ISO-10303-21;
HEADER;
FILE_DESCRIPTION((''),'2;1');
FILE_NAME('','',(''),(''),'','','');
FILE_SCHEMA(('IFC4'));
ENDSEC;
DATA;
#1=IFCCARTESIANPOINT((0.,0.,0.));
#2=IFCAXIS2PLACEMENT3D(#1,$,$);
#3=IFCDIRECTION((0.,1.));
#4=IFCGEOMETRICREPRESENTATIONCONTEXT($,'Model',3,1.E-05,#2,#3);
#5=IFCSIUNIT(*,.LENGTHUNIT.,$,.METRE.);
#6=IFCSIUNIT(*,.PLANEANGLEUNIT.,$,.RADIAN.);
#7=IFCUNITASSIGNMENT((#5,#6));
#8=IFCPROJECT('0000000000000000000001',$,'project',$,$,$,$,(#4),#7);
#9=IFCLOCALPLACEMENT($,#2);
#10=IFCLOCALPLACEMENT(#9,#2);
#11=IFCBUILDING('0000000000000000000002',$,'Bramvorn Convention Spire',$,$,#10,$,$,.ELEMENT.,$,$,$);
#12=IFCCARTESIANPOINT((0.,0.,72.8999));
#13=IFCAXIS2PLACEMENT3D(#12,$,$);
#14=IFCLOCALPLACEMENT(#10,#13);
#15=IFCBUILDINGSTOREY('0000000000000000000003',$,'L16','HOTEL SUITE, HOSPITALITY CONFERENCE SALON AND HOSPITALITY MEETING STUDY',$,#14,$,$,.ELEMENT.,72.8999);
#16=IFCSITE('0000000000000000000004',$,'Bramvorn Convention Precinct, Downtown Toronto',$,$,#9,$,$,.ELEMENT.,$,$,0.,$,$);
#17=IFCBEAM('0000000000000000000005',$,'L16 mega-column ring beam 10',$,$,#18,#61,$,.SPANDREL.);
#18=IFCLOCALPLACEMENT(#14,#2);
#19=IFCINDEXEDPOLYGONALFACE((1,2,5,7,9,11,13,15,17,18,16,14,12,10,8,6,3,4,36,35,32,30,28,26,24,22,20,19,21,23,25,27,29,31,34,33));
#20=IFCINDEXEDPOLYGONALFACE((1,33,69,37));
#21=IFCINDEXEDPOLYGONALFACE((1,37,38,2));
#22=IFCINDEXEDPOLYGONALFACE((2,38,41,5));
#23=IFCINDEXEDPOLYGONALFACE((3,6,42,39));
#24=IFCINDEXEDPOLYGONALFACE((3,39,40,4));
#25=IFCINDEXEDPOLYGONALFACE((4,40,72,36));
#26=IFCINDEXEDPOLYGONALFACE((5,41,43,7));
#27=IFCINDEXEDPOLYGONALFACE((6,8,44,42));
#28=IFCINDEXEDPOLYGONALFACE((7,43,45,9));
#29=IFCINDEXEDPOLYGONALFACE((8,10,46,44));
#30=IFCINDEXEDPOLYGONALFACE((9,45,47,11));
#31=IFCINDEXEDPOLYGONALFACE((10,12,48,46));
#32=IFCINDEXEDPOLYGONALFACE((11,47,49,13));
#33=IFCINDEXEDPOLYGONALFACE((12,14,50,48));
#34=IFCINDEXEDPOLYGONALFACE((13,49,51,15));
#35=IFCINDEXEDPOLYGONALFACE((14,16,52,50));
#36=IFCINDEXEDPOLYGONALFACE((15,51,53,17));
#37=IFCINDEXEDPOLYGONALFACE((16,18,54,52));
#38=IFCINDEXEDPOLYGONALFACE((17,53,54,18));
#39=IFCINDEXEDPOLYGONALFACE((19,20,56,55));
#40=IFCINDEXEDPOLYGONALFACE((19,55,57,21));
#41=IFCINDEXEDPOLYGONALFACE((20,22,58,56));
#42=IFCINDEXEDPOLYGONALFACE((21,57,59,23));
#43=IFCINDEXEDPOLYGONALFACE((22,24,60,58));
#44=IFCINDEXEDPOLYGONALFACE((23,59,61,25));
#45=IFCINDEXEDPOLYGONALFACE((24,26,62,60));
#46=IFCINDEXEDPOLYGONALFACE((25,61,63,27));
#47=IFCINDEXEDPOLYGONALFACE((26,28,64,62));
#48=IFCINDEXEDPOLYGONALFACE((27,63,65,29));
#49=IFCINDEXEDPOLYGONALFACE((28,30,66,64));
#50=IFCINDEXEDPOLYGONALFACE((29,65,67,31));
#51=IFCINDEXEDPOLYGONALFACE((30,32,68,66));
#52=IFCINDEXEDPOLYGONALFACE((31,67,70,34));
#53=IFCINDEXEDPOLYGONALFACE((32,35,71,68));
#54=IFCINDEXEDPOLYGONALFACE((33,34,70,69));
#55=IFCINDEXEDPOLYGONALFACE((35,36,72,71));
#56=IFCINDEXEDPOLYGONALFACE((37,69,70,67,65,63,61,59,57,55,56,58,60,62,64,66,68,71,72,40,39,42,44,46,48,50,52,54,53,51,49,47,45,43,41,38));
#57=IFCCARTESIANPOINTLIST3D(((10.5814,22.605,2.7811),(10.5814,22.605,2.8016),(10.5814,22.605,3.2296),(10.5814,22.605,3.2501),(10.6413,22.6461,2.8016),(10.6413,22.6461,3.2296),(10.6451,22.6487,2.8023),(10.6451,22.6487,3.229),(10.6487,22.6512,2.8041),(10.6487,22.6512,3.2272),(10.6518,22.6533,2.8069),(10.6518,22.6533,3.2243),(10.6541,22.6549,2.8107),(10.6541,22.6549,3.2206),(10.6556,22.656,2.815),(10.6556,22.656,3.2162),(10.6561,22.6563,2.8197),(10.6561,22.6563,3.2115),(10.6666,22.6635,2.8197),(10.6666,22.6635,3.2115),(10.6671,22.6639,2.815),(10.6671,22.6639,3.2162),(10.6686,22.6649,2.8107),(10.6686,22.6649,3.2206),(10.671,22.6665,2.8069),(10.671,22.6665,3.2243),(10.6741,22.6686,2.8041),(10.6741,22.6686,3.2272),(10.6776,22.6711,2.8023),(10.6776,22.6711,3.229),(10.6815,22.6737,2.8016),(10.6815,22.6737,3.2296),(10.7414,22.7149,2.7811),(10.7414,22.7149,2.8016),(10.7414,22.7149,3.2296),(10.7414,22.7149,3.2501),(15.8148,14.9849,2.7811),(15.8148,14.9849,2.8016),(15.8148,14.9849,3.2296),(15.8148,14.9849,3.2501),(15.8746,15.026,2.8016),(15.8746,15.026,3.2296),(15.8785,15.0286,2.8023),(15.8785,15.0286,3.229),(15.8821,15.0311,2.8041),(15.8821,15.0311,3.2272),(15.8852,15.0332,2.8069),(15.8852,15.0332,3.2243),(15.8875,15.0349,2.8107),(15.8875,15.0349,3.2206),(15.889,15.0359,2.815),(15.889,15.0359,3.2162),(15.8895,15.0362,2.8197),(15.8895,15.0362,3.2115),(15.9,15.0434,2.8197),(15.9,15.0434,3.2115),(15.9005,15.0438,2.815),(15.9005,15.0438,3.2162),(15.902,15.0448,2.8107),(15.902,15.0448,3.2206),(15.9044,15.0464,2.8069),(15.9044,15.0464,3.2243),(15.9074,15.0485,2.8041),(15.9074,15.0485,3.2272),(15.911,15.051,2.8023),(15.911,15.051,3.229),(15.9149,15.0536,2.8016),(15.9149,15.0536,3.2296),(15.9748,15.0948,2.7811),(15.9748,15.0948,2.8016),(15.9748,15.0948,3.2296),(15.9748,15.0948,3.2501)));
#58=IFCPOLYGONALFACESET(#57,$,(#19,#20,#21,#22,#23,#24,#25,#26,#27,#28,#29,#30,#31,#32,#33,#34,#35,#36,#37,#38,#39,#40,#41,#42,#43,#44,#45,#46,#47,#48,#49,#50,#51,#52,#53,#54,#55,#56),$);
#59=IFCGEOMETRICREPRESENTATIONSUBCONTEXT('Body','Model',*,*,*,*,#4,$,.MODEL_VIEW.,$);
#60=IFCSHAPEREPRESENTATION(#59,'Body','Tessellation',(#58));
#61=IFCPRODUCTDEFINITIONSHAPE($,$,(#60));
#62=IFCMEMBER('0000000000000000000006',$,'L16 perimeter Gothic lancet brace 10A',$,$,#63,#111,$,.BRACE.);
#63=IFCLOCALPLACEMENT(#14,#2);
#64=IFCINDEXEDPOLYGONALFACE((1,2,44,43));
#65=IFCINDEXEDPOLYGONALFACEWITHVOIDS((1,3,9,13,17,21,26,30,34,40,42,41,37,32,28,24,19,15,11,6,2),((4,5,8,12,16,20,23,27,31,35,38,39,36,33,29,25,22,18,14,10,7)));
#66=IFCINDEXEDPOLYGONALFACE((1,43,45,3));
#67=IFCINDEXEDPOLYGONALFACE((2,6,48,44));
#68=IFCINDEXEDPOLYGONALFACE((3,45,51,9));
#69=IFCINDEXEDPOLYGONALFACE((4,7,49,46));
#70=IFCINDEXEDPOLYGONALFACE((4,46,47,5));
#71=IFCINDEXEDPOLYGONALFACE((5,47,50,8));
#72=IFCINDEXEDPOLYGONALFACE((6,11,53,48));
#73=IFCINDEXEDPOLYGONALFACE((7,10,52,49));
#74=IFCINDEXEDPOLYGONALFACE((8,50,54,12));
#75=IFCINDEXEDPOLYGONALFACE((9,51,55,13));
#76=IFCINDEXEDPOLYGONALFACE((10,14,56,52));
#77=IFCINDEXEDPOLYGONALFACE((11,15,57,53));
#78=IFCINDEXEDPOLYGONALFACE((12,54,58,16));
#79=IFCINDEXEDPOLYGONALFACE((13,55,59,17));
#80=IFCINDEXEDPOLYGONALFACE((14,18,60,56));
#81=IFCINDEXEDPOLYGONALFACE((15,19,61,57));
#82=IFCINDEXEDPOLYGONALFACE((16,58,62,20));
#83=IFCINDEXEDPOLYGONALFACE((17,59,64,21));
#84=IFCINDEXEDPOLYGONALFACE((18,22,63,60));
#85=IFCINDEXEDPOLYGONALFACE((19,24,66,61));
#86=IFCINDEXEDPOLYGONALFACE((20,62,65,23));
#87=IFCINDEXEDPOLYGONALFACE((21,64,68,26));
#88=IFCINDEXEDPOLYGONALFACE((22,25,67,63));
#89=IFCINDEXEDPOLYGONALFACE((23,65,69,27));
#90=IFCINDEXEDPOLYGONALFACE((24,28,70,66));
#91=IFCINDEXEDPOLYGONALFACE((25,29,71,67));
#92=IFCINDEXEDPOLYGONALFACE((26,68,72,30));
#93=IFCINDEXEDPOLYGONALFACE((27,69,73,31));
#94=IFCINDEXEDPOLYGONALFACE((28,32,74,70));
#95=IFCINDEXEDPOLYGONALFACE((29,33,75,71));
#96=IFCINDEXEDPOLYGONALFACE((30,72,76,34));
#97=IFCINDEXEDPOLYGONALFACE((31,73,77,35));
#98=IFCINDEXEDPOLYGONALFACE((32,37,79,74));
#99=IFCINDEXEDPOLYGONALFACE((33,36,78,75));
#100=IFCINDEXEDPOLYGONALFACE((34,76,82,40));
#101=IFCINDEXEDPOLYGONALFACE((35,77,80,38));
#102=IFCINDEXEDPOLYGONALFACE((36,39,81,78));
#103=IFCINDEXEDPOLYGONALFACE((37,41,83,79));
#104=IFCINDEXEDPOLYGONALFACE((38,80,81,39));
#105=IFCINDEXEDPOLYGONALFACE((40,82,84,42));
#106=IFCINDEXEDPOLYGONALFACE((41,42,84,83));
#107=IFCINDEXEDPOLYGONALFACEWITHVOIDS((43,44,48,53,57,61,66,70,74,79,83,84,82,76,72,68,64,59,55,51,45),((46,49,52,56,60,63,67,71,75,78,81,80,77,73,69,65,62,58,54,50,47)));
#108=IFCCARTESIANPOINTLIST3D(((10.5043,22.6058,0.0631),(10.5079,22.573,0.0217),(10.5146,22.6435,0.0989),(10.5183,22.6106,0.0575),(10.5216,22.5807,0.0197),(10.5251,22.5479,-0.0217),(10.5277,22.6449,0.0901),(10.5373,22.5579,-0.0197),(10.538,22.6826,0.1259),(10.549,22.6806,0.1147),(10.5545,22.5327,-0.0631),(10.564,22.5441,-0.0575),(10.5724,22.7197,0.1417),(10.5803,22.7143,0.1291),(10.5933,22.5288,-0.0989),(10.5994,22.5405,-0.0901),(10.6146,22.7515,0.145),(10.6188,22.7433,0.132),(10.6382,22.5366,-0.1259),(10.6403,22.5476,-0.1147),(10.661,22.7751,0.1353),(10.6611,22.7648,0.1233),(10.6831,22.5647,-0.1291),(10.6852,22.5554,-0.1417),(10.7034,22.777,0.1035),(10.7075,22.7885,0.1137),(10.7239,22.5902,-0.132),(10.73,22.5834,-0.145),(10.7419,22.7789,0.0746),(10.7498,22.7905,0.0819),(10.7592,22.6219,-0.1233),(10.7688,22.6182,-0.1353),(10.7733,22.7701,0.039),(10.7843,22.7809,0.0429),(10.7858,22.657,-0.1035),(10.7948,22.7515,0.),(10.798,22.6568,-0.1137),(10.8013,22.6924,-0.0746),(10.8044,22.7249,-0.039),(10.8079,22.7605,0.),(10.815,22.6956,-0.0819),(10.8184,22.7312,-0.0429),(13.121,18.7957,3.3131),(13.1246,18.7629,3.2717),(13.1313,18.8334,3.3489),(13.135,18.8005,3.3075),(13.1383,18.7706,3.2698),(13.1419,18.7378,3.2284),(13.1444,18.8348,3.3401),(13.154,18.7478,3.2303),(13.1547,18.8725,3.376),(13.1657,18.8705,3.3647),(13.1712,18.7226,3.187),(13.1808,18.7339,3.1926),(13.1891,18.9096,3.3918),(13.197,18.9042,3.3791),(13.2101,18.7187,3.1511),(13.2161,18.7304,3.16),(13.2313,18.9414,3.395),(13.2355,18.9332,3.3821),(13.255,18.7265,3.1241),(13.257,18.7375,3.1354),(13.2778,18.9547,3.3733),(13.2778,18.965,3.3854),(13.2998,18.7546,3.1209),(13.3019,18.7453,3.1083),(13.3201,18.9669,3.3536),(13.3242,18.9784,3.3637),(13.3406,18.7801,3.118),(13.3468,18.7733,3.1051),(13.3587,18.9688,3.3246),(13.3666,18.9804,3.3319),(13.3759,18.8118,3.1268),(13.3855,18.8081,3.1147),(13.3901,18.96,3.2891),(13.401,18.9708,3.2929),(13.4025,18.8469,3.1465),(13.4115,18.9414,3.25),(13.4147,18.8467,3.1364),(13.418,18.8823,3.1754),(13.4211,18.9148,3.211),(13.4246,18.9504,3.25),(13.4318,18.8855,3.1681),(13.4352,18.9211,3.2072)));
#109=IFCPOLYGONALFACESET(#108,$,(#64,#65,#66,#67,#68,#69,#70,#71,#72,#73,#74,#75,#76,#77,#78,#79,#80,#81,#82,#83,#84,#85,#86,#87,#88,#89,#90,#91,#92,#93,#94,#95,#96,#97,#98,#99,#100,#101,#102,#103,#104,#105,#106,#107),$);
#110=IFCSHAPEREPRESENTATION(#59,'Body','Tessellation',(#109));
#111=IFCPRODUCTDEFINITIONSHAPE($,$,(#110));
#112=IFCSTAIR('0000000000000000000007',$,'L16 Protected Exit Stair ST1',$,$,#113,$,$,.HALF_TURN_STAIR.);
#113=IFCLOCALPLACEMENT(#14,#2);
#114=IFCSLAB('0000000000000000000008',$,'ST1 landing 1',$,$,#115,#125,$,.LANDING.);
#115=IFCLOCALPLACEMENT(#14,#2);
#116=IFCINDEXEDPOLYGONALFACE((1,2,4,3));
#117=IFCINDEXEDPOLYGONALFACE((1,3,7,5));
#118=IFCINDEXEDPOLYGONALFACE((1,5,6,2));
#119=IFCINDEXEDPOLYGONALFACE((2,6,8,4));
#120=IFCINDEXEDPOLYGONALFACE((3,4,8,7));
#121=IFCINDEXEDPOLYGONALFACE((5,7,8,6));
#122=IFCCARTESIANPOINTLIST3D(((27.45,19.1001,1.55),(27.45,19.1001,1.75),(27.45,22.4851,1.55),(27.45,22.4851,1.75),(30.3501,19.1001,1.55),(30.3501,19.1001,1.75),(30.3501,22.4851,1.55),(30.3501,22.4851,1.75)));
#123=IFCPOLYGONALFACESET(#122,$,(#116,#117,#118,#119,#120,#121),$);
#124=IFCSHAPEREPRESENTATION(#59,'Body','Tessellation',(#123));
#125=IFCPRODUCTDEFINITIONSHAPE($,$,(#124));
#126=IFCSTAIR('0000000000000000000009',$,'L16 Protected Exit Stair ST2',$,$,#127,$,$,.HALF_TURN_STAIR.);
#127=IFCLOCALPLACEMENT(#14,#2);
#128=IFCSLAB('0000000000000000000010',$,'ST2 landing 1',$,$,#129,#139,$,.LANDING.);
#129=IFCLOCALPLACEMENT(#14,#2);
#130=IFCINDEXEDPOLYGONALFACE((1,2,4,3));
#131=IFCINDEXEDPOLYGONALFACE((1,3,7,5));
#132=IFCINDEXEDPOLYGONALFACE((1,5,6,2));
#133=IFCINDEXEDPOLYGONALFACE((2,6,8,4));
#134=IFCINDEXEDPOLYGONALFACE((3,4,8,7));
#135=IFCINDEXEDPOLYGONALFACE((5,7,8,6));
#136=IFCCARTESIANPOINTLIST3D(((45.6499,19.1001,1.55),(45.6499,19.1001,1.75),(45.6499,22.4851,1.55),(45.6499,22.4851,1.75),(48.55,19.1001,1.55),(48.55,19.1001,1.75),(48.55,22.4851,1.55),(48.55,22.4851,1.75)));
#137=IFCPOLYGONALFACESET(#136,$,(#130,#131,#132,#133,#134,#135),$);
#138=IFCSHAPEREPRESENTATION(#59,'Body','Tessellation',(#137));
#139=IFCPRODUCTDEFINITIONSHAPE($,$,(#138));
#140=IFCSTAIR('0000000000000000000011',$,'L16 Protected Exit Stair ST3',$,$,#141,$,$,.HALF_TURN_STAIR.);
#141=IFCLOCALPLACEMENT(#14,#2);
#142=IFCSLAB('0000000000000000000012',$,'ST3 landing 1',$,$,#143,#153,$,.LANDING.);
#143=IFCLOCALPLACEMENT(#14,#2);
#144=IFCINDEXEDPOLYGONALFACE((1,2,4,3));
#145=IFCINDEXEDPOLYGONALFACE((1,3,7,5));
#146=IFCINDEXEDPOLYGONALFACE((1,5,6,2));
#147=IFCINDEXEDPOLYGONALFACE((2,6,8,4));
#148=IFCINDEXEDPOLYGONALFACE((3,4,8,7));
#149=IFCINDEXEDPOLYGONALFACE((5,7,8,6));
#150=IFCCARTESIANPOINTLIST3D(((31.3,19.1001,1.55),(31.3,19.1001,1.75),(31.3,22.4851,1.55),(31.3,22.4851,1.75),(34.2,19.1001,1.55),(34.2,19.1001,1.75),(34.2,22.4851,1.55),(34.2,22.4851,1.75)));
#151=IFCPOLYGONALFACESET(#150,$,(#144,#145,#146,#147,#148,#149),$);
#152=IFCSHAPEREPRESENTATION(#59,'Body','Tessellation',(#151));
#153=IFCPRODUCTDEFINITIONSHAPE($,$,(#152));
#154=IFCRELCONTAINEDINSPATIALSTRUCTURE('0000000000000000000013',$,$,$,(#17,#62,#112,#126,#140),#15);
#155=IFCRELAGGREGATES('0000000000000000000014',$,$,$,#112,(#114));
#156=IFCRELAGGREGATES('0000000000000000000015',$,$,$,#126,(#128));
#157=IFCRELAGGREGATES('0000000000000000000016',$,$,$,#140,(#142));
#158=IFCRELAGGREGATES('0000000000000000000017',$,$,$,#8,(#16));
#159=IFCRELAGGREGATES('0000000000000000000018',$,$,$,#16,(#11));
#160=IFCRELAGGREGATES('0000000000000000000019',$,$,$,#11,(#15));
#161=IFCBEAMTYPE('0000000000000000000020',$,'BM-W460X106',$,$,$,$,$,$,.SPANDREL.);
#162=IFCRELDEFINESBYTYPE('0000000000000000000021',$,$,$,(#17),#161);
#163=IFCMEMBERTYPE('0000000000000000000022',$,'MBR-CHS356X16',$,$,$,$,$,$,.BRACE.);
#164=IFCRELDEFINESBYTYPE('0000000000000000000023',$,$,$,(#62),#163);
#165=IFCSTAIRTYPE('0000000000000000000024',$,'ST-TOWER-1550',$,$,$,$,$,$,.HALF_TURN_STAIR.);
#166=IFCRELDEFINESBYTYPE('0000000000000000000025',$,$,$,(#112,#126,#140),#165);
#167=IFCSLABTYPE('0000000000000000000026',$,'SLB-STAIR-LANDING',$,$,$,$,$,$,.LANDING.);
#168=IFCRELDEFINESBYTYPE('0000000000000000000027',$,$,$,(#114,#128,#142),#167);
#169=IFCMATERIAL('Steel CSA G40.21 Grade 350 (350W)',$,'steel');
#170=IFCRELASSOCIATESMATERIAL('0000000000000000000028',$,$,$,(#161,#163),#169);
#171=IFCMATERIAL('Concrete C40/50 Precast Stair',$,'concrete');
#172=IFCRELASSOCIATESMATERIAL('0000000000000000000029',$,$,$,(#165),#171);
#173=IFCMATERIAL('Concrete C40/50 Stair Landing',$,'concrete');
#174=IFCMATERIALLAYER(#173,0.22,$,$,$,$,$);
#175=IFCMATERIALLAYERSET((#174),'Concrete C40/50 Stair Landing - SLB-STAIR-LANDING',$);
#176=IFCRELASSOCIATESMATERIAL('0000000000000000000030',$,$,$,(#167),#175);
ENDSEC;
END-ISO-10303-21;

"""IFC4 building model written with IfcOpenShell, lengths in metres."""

from ifc_helpers import new_model, si_unit, direction, frame, origin, origin_2d, place, context, subcontext, project, spatial, polyline, hollow_circle, i_section, outline, extrude, material, layer, layer_set, material_profile, profile_set, type_object, element, aggregate, save


model = new_model("IFC4")

# Units and contexts
model_context = context("Model", 3, precision=1e-05, world=origin(), true_north=direction((0.0, 1.0)))
body_context = subcontext(model_context, "Body", "Model", "MODEL_VIEW")
ifc_project = project(units=[si_unit("LENGTHUNIT", "METRE"), si_unit("PLANEANGLEUNIT", "RADIAN")], contexts=[model_context])

# Site, building, storey
site_placement = place(None, origin())
site = spatial("IfcSite", under=ifc_project, at=site_placement, Name="Bramvorn Convention Precinct, Downtown Toronto", CompositionType="ELEMENT", RefElevation=0.0)
building_placement = place(site_placement, origin())
building = spatial("IfcBuilding", under=site, at=building_placement, Name="Bramvorn Convention Spire", CompositionType="ELEMENT")
storey_placement = place(building_placement, frame((0.0, 0.0, 72.8999)))
storey = spatial("IfcBuildingStorey", under=building, at=storey_placement, Name="L16", Description="HOTEL SUITE, HOSPITALITY CONFERENCE SALON AND HOSPITALITY MEETING STUDY", CompositionType="ELEMENT", Elevation=72.8999)

# Shared definitions
ifc_material_1 = material(Name="Steel CSA G40.21 Grade 350 (350W)", Category="steel")

# Beam
ifc_material_profile_1 = material_profile(ifc_material_1, i_section(OverallWidth=0.1941, OverallDepth=0.469, WebThickness=0.0127, FlangeThickness=0.0205, FilletRadius=0.0181, at=origin_2d()))
ifc_profile_set_1 = profile_set([ifc_material_profile_1], Name="Steel CSA G40.21 Grade 350 (350W) - W460X106")
beam_type_1 = type_object("IfcBeamType", Name="BM-W460X106", PredefinedType="SPANDREL", material=ifc_profile_set_1)
beam_1_placement = place(storey_placement, frame((10.6614, 22.6599, 3.0156), z_axis=(0.56613, -0.824316, 0.0), x_axis=(0.824316, 0.56613, 0.0)))
element("IfcBeam", 1, at=beam_1_placement, inside=storey, type_object=beam_type_1, Name="L16 mega-column ring beam 10", PredefinedType="SPANDREL", context=body_context, shape_type="SweptSolid", body=[
    extrude(i_section(OverallWidth=0.1941, OverallDepth=0.469, WebThickness=0.0127, FlangeThickness=0.0205, FilletRadius=0.0181, at=origin_2d()), origin(), (0.0, 0.0, 1.0), 9.2441),
])

# Member
ifc_material_profile_2 = material_profile(ifc_material_1, hollow_circle(Radius=0.1777, WallThickness=0.0159, at=origin_2d()))
ifc_profile_set_2 = profile_set([ifc_material_profile_2], Name="Steel CSA G40.21 Grade 350 (350W) - CHS356X16")
member_type = type_object("IfcMemberType", Name="MBR-CHS356X16", PredefinedType="BRACE", material=ifc_profile_set_2)
member_placement = place(storey_placement, frame((10.6614, 22.6599, 0.0), z_axis=(0.463106, -0.674308, 0.575188), x_axis=(0.824316, 0.56613, 0.0)))
element("IfcMember", 2, at=member_placement, inside=storey, type_object=member_type, Name="L16 perimeter Gothic lancet brace 10A", PredefinedType="BRACE", context=body_context, shape_type="SweptSolid", body=[
    extrude(hollow_circle(Radius=0.1777, WallThickness=0.0159, at=origin_2d()), origin(), (0.0, 0.0, 1.0), 5.6504),
])

# Stairs, slabs
ifc_material_2 = material(Name="Concrete C40/50 Precast Stair", Category="concrete")
stair_type = type_object("IfcStairType", Name="ST-TOWER-1550", PredefinedType="HALF_TURN_STAIR", material=ifc_material_2)
stair_1_placement = place(storey_placement, origin())
stair_1 = element("IfcStair", 3, at=stair_1_placement, inside=storey, type_object=stair_type, Name="L16 Protected Exit Stair ST1", PredefinedType="HALF_TURN_STAIR")
ifc_material_3 = material(Name="Concrete C40/50 Stair Landing", Category="concrete")
ifc_layer_1 = layer(ifc_material_3, 0.22)
ifc_layer_set_1 = layer_set([ifc_layer_1], Name="Concrete C40/50 Stair Landing - SLB-STAIR-LANDING")
slab_type_1 = type_object("IfcSlabType", Name="SLB-STAIR-LANDING", PredefinedType="LANDING", material=ifc_layer_set_1)
slab_1_placement = place(storey_placement, frame((0.0, 0.0, 1.55)))
slab_1 = element("IfcSlab", 4, at=slab_1_placement, type_object=slab_type_1, Name="ST1 landing 1", PredefinedType="LANDING", context=body_context, shape_type="SweptSolid", body=[
    extrude(outline(polyline([(27.45, 22.4851), (27.45, 19.1001), (30.3501, 19.1001), (30.3501, 22.4851), (27.45, 22.4851)])), origin(), (0.0, 0.0, 1.0), 0.2),
])
aggregate(stair_1, [slab_1])
stair_2_placement = place(storey_placement, origin())
stair_2 = element("IfcStair", 5, at=stair_2_placement, inside=storey, type_object=stair_type, Name="L16 Protected Exit Stair ST2", PredefinedType="HALF_TURN_STAIR")
slab_2_placement = place(storey_placement, frame((0.0, 0.0, 1.55)))
slab_2 = element("IfcSlab", 6, at=slab_2_placement, type_object=slab_type_1, Name="ST2 landing 1", PredefinedType="LANDING", context=body_context, shape_type="SweptSolid", body=[
    extrude(outline(polyline([(45.6499, 22.4851), (45.6499, 19.1001), (48.55, 19.1001), (48.55, 22.4851), (45.6499, 22.4851)])), origin(), (0.0, 0.0, 1.0), 0.2),
])
aggregate(stair_2, [slab_2])
stair_3_placement = place(storey_placement, origin())
stair_3 = element("IfcStair", 7, at=stair_3_placement, inside=storey, type_object=stair_type, Name="L16 Protected Exit Stair ST3", PredefinedType="HALF_TURN_STAIR")
slab_3_placement = place(storey_placement, frame((0.0, 0.0, 1.55)))
slab_3 = element("IfcSlab", 8, at=slab_3_placement, type_object=slab_type_1, Name="ST3 landing 1", PredefinedType="LANDING", context=body_context, shape_type="SweptSolid", body=[
    extrude(outline(polyline([(31.3, 22.4851), (31.3, 19.1001), (34.2, 19.1001), (34.2, 22.4851), (31.3, 22.4851)])), origin(), (0.0, 0.0, 1.0), 0.2),
])
aggregate(stair_3, [slab_3])

save(model, "model.ifc")
